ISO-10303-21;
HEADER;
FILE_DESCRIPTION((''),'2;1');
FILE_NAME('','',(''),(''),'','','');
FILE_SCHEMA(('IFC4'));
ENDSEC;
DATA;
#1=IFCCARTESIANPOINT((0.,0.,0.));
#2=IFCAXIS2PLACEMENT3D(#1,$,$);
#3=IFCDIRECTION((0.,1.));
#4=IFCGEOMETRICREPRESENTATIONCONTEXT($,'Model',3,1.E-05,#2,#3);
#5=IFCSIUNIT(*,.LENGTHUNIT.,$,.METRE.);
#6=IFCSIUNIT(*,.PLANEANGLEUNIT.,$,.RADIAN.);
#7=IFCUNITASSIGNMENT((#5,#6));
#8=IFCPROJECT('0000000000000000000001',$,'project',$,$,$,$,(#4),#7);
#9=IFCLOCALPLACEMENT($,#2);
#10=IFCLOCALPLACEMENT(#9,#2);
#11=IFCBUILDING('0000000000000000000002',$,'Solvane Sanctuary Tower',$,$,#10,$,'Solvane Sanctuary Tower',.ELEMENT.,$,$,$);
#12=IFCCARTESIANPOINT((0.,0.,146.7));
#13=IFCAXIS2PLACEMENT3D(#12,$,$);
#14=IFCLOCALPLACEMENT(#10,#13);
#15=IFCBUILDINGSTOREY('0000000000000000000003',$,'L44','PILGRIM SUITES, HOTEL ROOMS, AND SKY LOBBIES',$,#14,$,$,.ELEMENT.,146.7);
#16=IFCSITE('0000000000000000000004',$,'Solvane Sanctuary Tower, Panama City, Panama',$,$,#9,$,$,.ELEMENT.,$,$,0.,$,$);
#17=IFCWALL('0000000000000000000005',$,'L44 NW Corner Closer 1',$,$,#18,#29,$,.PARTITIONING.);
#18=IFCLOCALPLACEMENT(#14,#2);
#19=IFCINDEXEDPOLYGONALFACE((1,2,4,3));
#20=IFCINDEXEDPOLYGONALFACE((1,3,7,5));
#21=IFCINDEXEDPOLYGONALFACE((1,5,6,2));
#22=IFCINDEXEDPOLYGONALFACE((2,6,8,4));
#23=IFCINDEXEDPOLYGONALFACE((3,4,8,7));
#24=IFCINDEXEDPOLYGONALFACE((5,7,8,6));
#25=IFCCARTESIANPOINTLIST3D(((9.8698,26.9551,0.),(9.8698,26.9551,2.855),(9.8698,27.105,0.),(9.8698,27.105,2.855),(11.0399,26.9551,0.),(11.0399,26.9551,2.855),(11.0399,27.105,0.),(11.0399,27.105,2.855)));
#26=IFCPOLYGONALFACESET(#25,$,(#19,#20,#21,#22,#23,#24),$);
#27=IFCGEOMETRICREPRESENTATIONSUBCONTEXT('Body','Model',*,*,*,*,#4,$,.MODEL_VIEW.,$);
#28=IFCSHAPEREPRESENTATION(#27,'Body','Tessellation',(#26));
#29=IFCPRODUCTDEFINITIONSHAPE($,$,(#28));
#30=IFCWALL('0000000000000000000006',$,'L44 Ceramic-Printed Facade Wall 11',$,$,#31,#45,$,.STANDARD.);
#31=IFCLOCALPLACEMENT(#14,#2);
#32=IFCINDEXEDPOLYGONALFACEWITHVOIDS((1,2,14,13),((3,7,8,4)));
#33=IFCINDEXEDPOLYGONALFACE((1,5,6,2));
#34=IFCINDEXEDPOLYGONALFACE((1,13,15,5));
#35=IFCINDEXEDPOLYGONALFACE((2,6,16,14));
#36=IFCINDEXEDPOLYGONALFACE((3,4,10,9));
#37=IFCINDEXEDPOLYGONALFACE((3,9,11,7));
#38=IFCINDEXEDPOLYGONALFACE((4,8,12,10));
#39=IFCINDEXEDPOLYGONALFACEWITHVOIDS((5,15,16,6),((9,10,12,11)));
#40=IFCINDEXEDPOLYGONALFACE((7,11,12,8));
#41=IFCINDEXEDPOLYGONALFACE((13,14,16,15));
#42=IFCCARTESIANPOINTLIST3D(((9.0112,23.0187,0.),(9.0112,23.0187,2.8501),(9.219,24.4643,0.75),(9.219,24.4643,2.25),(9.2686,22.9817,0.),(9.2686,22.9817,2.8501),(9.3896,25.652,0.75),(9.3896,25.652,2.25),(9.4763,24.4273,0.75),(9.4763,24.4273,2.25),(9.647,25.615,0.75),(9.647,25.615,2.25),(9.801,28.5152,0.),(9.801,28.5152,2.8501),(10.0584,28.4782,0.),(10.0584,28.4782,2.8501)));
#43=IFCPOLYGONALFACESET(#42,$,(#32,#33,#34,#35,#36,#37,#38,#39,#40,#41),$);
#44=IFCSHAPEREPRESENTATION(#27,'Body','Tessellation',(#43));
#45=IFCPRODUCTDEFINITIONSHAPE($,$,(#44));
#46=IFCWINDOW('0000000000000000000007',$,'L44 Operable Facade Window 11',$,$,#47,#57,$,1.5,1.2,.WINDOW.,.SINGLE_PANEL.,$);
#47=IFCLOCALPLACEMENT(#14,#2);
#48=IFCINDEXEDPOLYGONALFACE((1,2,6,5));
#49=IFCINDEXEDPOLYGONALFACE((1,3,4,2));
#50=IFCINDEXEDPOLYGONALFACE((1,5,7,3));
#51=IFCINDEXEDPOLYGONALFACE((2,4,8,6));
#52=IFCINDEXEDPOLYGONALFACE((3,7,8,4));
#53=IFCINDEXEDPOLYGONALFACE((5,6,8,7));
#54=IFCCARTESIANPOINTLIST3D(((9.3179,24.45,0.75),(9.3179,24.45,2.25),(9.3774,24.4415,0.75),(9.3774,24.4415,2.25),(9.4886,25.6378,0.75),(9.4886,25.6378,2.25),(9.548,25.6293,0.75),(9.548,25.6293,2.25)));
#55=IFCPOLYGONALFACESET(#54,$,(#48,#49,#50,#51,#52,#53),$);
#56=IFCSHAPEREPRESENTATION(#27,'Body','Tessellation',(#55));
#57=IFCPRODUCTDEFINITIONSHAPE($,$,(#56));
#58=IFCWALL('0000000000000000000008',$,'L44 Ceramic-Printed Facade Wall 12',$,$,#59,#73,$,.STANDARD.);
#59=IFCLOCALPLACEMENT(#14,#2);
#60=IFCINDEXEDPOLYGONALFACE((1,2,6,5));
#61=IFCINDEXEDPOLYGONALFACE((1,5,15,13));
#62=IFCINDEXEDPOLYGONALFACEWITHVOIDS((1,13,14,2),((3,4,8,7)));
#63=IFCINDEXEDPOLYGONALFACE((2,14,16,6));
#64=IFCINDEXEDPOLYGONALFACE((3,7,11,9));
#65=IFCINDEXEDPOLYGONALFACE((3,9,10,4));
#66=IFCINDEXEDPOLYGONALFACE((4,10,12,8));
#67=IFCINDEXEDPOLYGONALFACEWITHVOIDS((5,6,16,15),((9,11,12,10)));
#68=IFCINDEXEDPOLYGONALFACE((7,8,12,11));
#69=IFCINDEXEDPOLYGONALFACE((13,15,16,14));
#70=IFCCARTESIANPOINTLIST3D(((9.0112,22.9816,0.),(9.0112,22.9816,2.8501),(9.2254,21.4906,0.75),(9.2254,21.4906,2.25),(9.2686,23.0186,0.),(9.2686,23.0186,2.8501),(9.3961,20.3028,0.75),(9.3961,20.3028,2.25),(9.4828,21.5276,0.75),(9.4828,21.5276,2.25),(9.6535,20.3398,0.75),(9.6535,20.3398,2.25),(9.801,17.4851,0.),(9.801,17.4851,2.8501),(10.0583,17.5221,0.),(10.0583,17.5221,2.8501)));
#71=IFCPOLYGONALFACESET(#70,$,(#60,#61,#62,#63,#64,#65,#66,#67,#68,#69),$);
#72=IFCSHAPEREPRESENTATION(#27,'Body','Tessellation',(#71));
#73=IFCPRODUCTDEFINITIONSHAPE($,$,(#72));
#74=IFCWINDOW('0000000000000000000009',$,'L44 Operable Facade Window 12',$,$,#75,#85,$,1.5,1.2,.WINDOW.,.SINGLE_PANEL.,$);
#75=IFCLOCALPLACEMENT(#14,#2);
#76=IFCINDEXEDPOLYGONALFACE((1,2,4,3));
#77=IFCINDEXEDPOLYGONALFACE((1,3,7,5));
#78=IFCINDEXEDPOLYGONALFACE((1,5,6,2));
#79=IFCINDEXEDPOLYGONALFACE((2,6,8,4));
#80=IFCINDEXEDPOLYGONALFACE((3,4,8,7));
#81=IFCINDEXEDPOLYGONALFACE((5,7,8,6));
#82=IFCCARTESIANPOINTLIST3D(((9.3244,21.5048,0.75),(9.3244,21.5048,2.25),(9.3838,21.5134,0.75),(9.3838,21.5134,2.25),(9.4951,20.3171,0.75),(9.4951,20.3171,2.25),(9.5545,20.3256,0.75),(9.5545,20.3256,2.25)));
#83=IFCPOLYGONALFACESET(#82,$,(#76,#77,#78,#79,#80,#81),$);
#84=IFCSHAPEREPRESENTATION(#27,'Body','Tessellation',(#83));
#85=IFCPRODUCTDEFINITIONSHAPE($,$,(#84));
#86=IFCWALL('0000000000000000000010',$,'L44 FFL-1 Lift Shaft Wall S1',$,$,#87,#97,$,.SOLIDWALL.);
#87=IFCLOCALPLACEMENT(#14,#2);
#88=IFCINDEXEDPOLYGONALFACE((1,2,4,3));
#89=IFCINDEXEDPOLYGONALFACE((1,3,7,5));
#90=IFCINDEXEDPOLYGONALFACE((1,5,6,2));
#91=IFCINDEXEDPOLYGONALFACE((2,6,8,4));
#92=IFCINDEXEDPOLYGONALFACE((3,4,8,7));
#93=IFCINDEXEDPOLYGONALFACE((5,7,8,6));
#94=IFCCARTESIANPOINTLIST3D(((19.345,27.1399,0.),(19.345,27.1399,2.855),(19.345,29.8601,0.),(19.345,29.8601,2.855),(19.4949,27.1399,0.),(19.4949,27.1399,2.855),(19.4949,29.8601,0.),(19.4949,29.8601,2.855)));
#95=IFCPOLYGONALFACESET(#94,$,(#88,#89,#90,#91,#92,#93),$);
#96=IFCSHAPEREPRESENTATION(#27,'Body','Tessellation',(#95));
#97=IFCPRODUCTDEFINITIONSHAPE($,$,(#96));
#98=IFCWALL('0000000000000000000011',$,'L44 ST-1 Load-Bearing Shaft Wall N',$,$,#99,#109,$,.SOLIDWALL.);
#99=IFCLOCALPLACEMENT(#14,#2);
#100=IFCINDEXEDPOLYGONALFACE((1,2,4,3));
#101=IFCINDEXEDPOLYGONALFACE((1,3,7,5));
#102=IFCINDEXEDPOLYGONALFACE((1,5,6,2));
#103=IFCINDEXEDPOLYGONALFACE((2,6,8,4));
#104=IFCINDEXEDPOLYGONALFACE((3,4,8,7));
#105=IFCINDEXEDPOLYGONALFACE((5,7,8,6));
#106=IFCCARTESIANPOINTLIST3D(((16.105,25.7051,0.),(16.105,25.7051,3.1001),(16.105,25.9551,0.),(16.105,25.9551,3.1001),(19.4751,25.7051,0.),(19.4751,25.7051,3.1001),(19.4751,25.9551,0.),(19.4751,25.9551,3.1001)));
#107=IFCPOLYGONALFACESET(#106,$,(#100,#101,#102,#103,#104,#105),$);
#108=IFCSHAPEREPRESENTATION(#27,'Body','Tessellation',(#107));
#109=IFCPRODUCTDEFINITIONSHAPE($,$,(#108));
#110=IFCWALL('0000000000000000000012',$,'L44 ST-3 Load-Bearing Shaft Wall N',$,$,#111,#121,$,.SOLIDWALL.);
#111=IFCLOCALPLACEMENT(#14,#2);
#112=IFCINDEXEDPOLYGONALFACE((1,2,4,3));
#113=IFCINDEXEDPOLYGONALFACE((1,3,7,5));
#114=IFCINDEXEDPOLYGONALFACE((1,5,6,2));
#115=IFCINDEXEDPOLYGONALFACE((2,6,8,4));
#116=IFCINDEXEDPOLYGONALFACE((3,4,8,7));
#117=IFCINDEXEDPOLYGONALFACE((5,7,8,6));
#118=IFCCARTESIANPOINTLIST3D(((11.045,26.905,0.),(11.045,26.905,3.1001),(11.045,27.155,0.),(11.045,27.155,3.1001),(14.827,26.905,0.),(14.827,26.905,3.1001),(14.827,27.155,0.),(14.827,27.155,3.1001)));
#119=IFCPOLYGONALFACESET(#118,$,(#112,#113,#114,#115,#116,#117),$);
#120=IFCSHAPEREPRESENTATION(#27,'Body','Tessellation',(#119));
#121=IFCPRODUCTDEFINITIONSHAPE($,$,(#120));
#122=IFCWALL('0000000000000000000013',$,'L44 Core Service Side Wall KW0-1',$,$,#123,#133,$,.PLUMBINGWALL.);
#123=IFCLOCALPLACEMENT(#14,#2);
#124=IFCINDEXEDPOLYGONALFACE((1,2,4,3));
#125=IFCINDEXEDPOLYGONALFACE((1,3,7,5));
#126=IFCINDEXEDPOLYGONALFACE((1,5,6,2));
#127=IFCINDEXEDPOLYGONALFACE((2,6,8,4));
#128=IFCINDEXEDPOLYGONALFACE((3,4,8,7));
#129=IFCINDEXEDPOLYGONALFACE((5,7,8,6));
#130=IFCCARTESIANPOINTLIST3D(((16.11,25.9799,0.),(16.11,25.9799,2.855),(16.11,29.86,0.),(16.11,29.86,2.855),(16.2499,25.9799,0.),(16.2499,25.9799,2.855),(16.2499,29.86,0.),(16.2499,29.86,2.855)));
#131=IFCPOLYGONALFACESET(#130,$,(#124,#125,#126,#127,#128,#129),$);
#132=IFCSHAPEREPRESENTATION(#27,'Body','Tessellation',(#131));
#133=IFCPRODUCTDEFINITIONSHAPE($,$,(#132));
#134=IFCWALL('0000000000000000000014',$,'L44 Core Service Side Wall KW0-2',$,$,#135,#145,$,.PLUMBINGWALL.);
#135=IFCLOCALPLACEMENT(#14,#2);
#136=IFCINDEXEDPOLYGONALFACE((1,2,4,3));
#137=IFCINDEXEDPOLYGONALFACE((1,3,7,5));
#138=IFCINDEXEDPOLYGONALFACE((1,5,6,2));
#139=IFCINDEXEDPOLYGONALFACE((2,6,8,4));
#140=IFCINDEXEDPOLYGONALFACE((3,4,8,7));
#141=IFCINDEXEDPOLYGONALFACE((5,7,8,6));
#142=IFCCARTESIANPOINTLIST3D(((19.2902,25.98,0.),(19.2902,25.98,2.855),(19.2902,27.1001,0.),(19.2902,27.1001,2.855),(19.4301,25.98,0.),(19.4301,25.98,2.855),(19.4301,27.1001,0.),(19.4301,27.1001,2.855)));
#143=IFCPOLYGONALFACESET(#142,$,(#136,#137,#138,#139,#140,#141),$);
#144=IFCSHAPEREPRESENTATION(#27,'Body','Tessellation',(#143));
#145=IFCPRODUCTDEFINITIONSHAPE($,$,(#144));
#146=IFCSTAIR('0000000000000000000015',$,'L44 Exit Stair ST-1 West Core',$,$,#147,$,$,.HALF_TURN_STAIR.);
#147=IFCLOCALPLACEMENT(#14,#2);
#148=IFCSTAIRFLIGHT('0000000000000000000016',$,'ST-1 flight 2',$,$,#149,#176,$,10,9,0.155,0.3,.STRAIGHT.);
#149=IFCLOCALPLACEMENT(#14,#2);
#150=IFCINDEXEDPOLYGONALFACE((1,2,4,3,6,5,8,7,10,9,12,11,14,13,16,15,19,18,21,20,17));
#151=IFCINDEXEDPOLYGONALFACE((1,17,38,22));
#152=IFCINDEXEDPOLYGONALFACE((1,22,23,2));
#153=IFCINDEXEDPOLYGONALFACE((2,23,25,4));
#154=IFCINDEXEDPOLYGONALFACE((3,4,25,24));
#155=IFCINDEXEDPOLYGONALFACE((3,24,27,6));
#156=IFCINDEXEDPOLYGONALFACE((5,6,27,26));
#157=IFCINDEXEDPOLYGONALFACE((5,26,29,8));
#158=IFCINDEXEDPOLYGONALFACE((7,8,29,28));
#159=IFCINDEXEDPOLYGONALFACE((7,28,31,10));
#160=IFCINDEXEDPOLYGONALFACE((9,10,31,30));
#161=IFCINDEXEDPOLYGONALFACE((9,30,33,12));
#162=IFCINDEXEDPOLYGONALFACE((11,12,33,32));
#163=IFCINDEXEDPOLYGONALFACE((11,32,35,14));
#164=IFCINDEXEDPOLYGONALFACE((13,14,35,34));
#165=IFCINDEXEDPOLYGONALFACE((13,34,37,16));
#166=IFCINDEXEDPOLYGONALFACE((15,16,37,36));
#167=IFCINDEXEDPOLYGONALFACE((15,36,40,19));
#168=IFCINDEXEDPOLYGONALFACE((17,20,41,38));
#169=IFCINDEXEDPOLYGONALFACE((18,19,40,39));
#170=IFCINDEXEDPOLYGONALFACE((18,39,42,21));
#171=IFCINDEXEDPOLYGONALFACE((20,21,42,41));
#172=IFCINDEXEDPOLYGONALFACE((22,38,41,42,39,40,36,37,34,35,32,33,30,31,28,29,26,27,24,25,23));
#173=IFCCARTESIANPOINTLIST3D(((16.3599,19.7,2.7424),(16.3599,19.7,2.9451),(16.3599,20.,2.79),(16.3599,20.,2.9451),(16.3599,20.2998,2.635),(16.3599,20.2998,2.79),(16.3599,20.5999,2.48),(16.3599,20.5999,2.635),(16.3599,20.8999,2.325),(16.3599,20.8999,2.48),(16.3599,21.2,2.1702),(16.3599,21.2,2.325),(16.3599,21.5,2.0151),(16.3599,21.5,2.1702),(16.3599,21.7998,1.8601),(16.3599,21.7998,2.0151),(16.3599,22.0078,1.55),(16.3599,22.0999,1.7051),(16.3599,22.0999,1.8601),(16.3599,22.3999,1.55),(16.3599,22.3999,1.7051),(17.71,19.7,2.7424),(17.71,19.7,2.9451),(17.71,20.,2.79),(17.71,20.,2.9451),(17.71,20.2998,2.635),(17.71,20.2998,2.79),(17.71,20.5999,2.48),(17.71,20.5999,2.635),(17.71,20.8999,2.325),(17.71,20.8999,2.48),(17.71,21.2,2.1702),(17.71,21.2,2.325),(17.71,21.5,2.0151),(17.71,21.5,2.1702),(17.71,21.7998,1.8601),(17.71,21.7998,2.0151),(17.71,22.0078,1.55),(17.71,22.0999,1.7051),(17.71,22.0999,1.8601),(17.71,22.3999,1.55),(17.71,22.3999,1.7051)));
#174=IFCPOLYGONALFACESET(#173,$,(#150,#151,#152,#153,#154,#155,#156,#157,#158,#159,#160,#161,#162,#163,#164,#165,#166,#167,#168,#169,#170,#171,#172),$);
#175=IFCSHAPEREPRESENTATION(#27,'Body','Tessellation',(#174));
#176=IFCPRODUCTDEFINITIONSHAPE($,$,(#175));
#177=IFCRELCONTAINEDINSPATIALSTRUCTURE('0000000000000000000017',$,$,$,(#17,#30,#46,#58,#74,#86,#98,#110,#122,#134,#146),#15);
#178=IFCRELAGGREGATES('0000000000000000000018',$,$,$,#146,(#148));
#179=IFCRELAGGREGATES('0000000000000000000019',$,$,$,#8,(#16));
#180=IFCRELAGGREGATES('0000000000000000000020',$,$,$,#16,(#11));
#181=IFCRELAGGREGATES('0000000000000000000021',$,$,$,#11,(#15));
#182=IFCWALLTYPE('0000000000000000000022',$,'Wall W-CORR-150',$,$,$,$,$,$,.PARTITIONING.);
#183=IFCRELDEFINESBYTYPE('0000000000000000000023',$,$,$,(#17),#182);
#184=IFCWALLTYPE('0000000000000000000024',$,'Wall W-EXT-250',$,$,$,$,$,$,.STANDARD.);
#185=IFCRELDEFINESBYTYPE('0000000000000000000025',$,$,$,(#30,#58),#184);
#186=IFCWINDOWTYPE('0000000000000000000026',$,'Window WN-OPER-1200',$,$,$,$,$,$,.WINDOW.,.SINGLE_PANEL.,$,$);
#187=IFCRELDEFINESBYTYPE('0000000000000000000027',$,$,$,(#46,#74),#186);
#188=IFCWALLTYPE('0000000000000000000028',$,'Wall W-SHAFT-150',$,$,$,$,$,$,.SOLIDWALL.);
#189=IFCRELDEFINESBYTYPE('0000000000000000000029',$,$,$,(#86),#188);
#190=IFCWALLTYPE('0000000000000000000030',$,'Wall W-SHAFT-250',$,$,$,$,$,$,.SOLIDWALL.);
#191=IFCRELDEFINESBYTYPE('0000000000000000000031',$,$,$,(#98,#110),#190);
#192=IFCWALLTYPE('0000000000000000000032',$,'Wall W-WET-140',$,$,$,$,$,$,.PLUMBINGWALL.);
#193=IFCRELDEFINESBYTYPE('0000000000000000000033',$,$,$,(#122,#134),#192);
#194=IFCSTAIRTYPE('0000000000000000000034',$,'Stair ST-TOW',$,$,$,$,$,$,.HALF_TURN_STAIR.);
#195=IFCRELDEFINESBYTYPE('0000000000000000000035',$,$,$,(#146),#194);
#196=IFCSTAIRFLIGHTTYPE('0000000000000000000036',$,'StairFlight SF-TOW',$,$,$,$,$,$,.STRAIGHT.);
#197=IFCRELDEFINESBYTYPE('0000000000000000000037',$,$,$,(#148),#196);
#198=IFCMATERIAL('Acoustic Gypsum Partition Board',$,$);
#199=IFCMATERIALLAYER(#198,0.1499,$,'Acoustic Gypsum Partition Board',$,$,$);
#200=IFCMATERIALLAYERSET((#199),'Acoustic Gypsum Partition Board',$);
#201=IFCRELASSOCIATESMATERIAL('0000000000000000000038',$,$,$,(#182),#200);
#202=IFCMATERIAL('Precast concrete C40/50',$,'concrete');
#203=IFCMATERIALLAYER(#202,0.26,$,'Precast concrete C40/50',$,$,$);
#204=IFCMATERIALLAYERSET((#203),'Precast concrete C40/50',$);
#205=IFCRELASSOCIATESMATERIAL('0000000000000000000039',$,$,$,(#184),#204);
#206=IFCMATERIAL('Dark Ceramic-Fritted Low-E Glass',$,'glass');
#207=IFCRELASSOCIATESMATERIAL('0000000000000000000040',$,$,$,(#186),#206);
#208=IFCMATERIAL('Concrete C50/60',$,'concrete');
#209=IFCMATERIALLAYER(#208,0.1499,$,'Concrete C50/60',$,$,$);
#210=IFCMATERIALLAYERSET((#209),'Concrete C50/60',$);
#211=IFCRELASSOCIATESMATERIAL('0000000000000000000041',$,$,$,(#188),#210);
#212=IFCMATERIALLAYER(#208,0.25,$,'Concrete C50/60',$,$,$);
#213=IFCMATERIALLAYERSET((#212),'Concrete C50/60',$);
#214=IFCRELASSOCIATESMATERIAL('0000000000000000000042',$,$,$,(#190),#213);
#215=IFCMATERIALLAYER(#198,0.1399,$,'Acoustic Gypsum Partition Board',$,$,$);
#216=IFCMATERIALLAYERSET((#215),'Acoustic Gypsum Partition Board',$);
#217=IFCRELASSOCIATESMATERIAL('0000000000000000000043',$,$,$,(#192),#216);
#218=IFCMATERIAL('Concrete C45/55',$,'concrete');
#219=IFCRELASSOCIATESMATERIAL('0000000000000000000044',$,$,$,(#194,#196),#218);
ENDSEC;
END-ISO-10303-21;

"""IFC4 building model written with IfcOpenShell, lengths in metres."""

from ifc_helpers import new_model, si_unit, direction, frame, frame_2d, origin, place, context, subcontext, project, spatial, polyline, rectangle, outline, extrude, material, layer, layer_set, type_object, element, fill, aggregate, save


model = new_model("IFC4")

# Units and contexts
model_context = context("Model", 3, precision=1e-05, world=origin(), true_north=direction((0.0, 1.0)))
body_context = subcontext(model_context, "Body", "Model", "MODEL_VIEW")
ifc_project = project(units=[si_unit("LENGTHUNIT", "METRE"), si_unit("PLANEANGLEUNIT", "RADIAN")], contexts=[model_context])

# Site, building, storey
site_placement = place(None, origin())
site = spatial("IfcSite", under=ifc_project, at=site_placement, Name="Solvane Sanctuary Tower, Panama City, Panama", CompositionType="ELEMENT", RefElevation=0.0)
building_placement = place(site_placement, origin())
building = spatial("IfcBuilding", under=site, at=building_placement, Name="Solvane Sanctuary Tower", LongName="Solvane Sanctuary Tower", CompositionType="ELEMENT")
storey_placement = place(building_placement, frame((0.0, 0.0, 146.7)))
storey = spatial("IfcBuildingStorey", under=building, at=storey_placement, Name="L44", Description="PILGRIM SUITES, HOTEL ROOMS, AND SKY LOBBIES", CompositionType="ELEMENT", Elevation=146.7)

# Wall
ifc_material_1 = material(Name="Acoustic Gypsum Partition Board")
ifc_layer_1 = layer(ifc_material_1, 0.1499, Name="Acoustic Gypsum Partition Board")
ifc_layer_set_1 = layer_set([ifc_layer_1], Name="Acoustic Gypsum Partition Board")
wall_type_1 = type_object("IfcWallType", Name="Wall W-CORR-150", PredefinedType="PARTITIONING", material=ifc_layer_set_1)
wall_1_placement = place(storey_placement, frame((9.8699, 27.03, 0.0), z_axis=(0.0, 0.0, 1.0), x_axis=(1.0, 0.0, 0.0)))
element("IfcWall", 1, at=wall_1_placement, inside=storey, type_object=wall_type_1, Name="L44 NW Corner Closer 1", PredefinedType="PARTITIONING", context=body_context, shape_type="SweptSolid", body=[
    extrude(rectangle(XDim=1.1702, YDim=0.1499, at=frame_2d((0.585, 0.0))), origin(), (0.0, 0.0, 1.0), 2.855),
])

# Walls, openings, windows
ifc_material_2 = material(Name="Precast concrete C40/50", Category="concrete")
ifc_layer_2 = layer(ifc_material_2, 0.26, Name="Precast concrete C40/50")
ifc_layer_set_2 = layer_set([ifc_layer_2], Name="Precast concrete C40/50")
wall_type_2 = type_object("IfcWallType", Name="Wall W-EXT-250", PredefinedType="STANDARD", material=ifc_layer_set_2)
wall_2_placement = place(storey_placement, frame((9.9297, 28.4966, 0.0), z_axis=(0.0, 0.0, 1.0), x_axis=(-0.142228, -0.989834, 0.0)))
wall_2 = element("IfcWall", 2, at=wall_2_placement, inside=storey, type_object=wall_type_2, Name="L44 Ceramic-Printed Facade Wall 11", PredefinedType="STANDARD", context=body_context, shape_type="SweptSolid", body=[
    extrude(rectangle(XDim=5.553, YDim=0.26, at=frame_2d((2.7764, 0.0))), origin(), (0.0, 0.0, 1.0), 2.8501),
])
opening_1_placement = place(wall_2_placement, frame((2.8923, 0.0, 0.75)))
opening_1 = element("IfcOpeningElement", 3, at=opening_1_placement, cuts=wall_2, PredefinedType="OPENING", context=body_context, shape_type="SweptSolid", body=[
    extrude(rectangle(XDim=1.2, YDim=1.5, at=frame_2d((0.6001, 0.75))), frame((0.0, 0.1399, 0.0), z_axis=(0.0, -1.0, 0.0), x_axis=(1.0, 0.0, 0.0)), (0.0, 0.0, 1.0), 0.28),
])
ifc_material_3 = material(Name="Dark Ceramic-Fritted Low-E Glass", Category="glass")
window_type = type_object("IfcWindowType", Name="Window WN-OPER-1200", PartitioningType="SINGLE_PANEL", PredefinedType="WINDOW", material=ifc_material_3)
window_1_placement = place(opening_1_placement, origin())
window_1 = element("IfcWindow", 4, at=window_1_placement, inside=storey, type_object=window_type, Name="L44 Operable Facade Window 11", OverallHeight=1.5, OverallWidth=1.2, PartitioningType="SINGLE_PANEL", PredefinedType="WINDOW", context=body_context, shape_type="SweptSolid", body=[
    extrude(rectangle(XDim=1.2, YDim=1.5, at=frame_2d((0.6001, 0.75))), frame((0.0, 0.03, 0.0), z_axis=(0.0, -1.0, 0.0), x_axis=(1.0, 0.0, 0.0)), (0.0, 0.0, 1.0), 0.0601),
])
fill(opening_1, window_1)
wall_3_placement = place(storey_placement, frame((9.1399, 23.0, 0.0), z_axis=(0.0, 0.0, 1.0), x_axis=(0.142228, -0.989834, 0.0)))
wall_3 = element("IfcWall", 5, at=wall_3_placement, inside=storey, type_object=wall_type_2, Name="L44 Ceramic-Printed Facade Wall 12", PredefinedType="STANDARD", context=body_context, shape_type="SweptSolid", body=[
    extrude(rectangle(XDim=5.553, YDim=0.26, at=frame_2d((2.7764, 0.0))), origin(), (0.0, 0.0, 1.0), 2.8501),
])
opening_2_placement = place(wall_3_placement, frame((1.5061, 0.0, 0.75)))
opening_2 = element("IfcOpeningElement", 6, at=opening_2_placement, cuts=wall_3, PredefinedType="OPENING", context=body_context, shape_type="SweptSolid", body=[
    extrude(rectangle(XDim=1.2, YDim=1.5, at=frame_2d((0.6001, 0.75))), frame((0.0, 0.1399, 0.0), z_axis=(0.0, -1.0, 0.0), x_axis=(1.0, 0.0, 0.0)), (0.0, 0.0, 1.0), 0.28),
])
window_2_placement = place(opening_2_placement, origin())
window_2 = element("IfcWindow", 7, at=window_2_placement, inside=storey, type_object=window_type, Name="L44 Operable Facade Window 12", OverallHeight=1.5, OverallWidth=1.2, PartitioningType="SINGLE_PANEL", PredefinedType="WINDOW", context=body_context, shape_type="SweptSolid", body=[
    extrude(rectangle(XDim=1.2, YDim=1.5, at=frame_2d((0.6001, 0.75))), frame((0.0, 0.03, 0.0), z_axis=(0.0, -1.0, 0.0), x_axis=(1.0, 0.0, 0.0)), (0.0, 0.0, 1.0), 0.0601),
])
fill(opening_2, window_2)

# Walls
ifc_material_4 = material(Name="Concrete C50/60", Category="concrete")
ifc_layer_3 = layer(ifc_material_4, 0.1499, Name="Concrete C50/60")
ifc_layer_set_3 = layer_set([ifc_layer_3], Name="Concrete C50/60")
wall_type_3 = type_object("IfcWallType", Name="Wall W-SHAFT-150", PredefinedType="SOLIDWALL", material=ifc_layer_set_3)
wall_4_placement = place(storey_placement, frame((19.4199, 27.1399, 0.0), z_axis=(0.0, 0.0, 1.0), x_axis=(0.0, 1.0, 0.0)))
element("IfcWall", 8, at=wall_4_placement, inside=storey, type_object=wall_type_3, Name="L44 FFL-1 Lift Shaft Wall S1", PredefinedType="SOLIDWALL", context=body_context, shape_type="SweptSolid", body=[
    extrude(rectangle(XDim=2.7202, YDim=0.1499, at=frame_2d((1.3601, 0.0))), origin(), (0.0, 0.0, 1.0), 2.855),
])
ifc_layer_4 = layer(ifc_material_4, 0.25, Name="Concrete C50/60")
ifc_layer_set_4 = layer_set([ifc_layer_4], Name="Concrete C50/60")
wall_type_4 = type_object("IfcWallType", Name="Wall W-SHAFT-250", PredefinedType="SOLIDWALL", material=ifc_layer_set_4)
wall_5_placement = place(storey_placement, frame((16.105, 25.8301, 0.0), z_axis=(0.0, 0.0, 1.0), x_axis=(1.0, 0.0, 0.0)))
element("IfcWall", 9, at=wall_5_placement, inside=storey, type_object=wall_type_4, Name="L44 ST-1 Load-Bearing Shaft Wall N", PredefinedType="SOLIDWALL", context=body_context, shape_type="SweptSolid", body=[
    extrude(rectangle(XDim=3.3701, YDim=0.25, at=frame_2d((1.6851, 0.0))), origin(), (0.0, 0.0, 1.0), 3.1001),
])
wall_6_placement = place(storey_placement, frame((11.0449, 27.03, 0.0), z_axis=(0.0, 0.0, 1.0), x_axis=(1.0, 0.0, 0.0)))
element("IfcWall", 10, at=wall_6_placement, inside=storey, type_object=wall_type_4, Name="L44 ST-3 Load-Bearing Shaft Wall N", PredefinedType="SOLIDWALL", context=body_context, shape_type="SweptSolid", body=[
    extrude(rectangle(XDim=3.782, YDim=0.25, at=frame_2d((1.8911, 0.0))), origin(), (0.0, 0.0, 1.0), 3.1001),
])
ifc_layer_5 = layer(ifc_material_1, 0.1399, Name="Acoustic Gypsum Partition Board")
ifc_layer_set_5 = layer_set([ifc_layer_5], Name="Acoustic Gypsum Partition Board")
wall_type_5 = type_object("IfcWallType", Name="Wall W-WET-140", PredefinedType="PLUMBINGWALL", material=ifc_layer_set_5)
wall_7_placement = place(storey_placement, frame((16.1799, 25.98, 0.0), z_axis=(0.0, 0.0, 1.0), x_axis=(0.0, 1.0, 0.0)))
element("IfcWall", 11, at=wall_7_placement, inside=storey, type_object=wall_type_5, Name="L44 Core Service Side Wall KW0-1", PredefinedType="PLUMBINGWALL", context=body_context, shape_type="SweptSolid", body=[
    extrude(rectangle(XDim=3.8801, YDim=0.1399, at=frame_2d((1.9399, 0.0))), origin(), (0.0, 0.0, 1.0), 2.855),
])
wall_8_placement = place(storey_placement, frame((19.3601, 25.98, 0.0), z_axis=(0.0, 0.0, 1.0), x_axis=(0.0, 1.0, 0.0)))
element("IfcWall", 12, at=wall_8_placement, inside=storey, type_object=wall_type_5, Name="L44 Core Service Side Wall KW0-2", PredefinedType="PLUMBINGWALL", context=body_context, shape_type="SweptSolid", body=[
    extrude(rectangle(XDim=1.1201, YDim=0.1399, at=frame_2d((0.5601, 0.0))), origin(), (0.0, 0.0, 1.0), 2.855),
])

# Stair, stair flight
ifc_material_5 = material(Name="Concrete C45/55", Category="concrete")
stair_type = type_object("IfcStairType", Name="Stair ST-TOW", PredefinedType="HALF_TURN_STAIR", material=ifc_material_5)
stair_1_placement = place(storey_placement, origin())
stair_1 = element("IfcStair", 13, at=stair_1_placement, inside=storey, type_object=stair_type, Name="L44 Exit Stair ST-1 West Core", PredefinedType="HALF_TURN_STAIR")
stair_flight_type = type_object("IfcStairFlightType", Name="StairFlight SF-TOW", PredefinedType="STRAIGHT", material=ifc_material_5)
stair_flight_1_placement = place(storey_placement, frame((17.0349, 22.3999, 1.55), z_axis=(0.0, 0.0, 1.0), x_axis=(0.0, -1.0, 0.0)))
stair_flight_1 = element("IfcStairFlight", 14, at=stair_flight_1_placement, type_object=stair_flight_type, Name="ST-1 flight 2", NumberOfRisers=10, NumberOfTreads=9, PredefinedType="STRAIGHT", RiserHeight=0.155, TreadLength=0.3, context=body_context, shape_type="SweptSolid", body=[
    extrude(outline(polyline([(0.0, 0.0), (0.0, 0.155), (0.3, 0.155), (0.3, 0.3101), (0.6001, 0.3101), (0.6001, 0.4651), (0.8999, 0.4651), (0.8999, 0.6201), (1.2, 0.6201), (1.2, 0.7749), (1.5, 0.7749), (1.5, 0.9299), (1.8, 0.9299), (1.8, 1.085), (2.1001, 1.085), (2.1001, 1.24), (2.3999, 1.24), (2.3999, 1.395), (2.7, 1.395), (2.7, 1.55), (2.7, 1.1924), (0.3921, 0.0), (0.0, 0.0)])), frame((0.0, 0.675, 0.0), z_axis=(0.0, -1.0, 0.0), x_axis=(1.0, 0.0, 0.0)), (0.0, 0.0, 1.0), 1.3501),
])
aggregate(stair_1, [stair_flight_1])

save(model, "model.ifc")
